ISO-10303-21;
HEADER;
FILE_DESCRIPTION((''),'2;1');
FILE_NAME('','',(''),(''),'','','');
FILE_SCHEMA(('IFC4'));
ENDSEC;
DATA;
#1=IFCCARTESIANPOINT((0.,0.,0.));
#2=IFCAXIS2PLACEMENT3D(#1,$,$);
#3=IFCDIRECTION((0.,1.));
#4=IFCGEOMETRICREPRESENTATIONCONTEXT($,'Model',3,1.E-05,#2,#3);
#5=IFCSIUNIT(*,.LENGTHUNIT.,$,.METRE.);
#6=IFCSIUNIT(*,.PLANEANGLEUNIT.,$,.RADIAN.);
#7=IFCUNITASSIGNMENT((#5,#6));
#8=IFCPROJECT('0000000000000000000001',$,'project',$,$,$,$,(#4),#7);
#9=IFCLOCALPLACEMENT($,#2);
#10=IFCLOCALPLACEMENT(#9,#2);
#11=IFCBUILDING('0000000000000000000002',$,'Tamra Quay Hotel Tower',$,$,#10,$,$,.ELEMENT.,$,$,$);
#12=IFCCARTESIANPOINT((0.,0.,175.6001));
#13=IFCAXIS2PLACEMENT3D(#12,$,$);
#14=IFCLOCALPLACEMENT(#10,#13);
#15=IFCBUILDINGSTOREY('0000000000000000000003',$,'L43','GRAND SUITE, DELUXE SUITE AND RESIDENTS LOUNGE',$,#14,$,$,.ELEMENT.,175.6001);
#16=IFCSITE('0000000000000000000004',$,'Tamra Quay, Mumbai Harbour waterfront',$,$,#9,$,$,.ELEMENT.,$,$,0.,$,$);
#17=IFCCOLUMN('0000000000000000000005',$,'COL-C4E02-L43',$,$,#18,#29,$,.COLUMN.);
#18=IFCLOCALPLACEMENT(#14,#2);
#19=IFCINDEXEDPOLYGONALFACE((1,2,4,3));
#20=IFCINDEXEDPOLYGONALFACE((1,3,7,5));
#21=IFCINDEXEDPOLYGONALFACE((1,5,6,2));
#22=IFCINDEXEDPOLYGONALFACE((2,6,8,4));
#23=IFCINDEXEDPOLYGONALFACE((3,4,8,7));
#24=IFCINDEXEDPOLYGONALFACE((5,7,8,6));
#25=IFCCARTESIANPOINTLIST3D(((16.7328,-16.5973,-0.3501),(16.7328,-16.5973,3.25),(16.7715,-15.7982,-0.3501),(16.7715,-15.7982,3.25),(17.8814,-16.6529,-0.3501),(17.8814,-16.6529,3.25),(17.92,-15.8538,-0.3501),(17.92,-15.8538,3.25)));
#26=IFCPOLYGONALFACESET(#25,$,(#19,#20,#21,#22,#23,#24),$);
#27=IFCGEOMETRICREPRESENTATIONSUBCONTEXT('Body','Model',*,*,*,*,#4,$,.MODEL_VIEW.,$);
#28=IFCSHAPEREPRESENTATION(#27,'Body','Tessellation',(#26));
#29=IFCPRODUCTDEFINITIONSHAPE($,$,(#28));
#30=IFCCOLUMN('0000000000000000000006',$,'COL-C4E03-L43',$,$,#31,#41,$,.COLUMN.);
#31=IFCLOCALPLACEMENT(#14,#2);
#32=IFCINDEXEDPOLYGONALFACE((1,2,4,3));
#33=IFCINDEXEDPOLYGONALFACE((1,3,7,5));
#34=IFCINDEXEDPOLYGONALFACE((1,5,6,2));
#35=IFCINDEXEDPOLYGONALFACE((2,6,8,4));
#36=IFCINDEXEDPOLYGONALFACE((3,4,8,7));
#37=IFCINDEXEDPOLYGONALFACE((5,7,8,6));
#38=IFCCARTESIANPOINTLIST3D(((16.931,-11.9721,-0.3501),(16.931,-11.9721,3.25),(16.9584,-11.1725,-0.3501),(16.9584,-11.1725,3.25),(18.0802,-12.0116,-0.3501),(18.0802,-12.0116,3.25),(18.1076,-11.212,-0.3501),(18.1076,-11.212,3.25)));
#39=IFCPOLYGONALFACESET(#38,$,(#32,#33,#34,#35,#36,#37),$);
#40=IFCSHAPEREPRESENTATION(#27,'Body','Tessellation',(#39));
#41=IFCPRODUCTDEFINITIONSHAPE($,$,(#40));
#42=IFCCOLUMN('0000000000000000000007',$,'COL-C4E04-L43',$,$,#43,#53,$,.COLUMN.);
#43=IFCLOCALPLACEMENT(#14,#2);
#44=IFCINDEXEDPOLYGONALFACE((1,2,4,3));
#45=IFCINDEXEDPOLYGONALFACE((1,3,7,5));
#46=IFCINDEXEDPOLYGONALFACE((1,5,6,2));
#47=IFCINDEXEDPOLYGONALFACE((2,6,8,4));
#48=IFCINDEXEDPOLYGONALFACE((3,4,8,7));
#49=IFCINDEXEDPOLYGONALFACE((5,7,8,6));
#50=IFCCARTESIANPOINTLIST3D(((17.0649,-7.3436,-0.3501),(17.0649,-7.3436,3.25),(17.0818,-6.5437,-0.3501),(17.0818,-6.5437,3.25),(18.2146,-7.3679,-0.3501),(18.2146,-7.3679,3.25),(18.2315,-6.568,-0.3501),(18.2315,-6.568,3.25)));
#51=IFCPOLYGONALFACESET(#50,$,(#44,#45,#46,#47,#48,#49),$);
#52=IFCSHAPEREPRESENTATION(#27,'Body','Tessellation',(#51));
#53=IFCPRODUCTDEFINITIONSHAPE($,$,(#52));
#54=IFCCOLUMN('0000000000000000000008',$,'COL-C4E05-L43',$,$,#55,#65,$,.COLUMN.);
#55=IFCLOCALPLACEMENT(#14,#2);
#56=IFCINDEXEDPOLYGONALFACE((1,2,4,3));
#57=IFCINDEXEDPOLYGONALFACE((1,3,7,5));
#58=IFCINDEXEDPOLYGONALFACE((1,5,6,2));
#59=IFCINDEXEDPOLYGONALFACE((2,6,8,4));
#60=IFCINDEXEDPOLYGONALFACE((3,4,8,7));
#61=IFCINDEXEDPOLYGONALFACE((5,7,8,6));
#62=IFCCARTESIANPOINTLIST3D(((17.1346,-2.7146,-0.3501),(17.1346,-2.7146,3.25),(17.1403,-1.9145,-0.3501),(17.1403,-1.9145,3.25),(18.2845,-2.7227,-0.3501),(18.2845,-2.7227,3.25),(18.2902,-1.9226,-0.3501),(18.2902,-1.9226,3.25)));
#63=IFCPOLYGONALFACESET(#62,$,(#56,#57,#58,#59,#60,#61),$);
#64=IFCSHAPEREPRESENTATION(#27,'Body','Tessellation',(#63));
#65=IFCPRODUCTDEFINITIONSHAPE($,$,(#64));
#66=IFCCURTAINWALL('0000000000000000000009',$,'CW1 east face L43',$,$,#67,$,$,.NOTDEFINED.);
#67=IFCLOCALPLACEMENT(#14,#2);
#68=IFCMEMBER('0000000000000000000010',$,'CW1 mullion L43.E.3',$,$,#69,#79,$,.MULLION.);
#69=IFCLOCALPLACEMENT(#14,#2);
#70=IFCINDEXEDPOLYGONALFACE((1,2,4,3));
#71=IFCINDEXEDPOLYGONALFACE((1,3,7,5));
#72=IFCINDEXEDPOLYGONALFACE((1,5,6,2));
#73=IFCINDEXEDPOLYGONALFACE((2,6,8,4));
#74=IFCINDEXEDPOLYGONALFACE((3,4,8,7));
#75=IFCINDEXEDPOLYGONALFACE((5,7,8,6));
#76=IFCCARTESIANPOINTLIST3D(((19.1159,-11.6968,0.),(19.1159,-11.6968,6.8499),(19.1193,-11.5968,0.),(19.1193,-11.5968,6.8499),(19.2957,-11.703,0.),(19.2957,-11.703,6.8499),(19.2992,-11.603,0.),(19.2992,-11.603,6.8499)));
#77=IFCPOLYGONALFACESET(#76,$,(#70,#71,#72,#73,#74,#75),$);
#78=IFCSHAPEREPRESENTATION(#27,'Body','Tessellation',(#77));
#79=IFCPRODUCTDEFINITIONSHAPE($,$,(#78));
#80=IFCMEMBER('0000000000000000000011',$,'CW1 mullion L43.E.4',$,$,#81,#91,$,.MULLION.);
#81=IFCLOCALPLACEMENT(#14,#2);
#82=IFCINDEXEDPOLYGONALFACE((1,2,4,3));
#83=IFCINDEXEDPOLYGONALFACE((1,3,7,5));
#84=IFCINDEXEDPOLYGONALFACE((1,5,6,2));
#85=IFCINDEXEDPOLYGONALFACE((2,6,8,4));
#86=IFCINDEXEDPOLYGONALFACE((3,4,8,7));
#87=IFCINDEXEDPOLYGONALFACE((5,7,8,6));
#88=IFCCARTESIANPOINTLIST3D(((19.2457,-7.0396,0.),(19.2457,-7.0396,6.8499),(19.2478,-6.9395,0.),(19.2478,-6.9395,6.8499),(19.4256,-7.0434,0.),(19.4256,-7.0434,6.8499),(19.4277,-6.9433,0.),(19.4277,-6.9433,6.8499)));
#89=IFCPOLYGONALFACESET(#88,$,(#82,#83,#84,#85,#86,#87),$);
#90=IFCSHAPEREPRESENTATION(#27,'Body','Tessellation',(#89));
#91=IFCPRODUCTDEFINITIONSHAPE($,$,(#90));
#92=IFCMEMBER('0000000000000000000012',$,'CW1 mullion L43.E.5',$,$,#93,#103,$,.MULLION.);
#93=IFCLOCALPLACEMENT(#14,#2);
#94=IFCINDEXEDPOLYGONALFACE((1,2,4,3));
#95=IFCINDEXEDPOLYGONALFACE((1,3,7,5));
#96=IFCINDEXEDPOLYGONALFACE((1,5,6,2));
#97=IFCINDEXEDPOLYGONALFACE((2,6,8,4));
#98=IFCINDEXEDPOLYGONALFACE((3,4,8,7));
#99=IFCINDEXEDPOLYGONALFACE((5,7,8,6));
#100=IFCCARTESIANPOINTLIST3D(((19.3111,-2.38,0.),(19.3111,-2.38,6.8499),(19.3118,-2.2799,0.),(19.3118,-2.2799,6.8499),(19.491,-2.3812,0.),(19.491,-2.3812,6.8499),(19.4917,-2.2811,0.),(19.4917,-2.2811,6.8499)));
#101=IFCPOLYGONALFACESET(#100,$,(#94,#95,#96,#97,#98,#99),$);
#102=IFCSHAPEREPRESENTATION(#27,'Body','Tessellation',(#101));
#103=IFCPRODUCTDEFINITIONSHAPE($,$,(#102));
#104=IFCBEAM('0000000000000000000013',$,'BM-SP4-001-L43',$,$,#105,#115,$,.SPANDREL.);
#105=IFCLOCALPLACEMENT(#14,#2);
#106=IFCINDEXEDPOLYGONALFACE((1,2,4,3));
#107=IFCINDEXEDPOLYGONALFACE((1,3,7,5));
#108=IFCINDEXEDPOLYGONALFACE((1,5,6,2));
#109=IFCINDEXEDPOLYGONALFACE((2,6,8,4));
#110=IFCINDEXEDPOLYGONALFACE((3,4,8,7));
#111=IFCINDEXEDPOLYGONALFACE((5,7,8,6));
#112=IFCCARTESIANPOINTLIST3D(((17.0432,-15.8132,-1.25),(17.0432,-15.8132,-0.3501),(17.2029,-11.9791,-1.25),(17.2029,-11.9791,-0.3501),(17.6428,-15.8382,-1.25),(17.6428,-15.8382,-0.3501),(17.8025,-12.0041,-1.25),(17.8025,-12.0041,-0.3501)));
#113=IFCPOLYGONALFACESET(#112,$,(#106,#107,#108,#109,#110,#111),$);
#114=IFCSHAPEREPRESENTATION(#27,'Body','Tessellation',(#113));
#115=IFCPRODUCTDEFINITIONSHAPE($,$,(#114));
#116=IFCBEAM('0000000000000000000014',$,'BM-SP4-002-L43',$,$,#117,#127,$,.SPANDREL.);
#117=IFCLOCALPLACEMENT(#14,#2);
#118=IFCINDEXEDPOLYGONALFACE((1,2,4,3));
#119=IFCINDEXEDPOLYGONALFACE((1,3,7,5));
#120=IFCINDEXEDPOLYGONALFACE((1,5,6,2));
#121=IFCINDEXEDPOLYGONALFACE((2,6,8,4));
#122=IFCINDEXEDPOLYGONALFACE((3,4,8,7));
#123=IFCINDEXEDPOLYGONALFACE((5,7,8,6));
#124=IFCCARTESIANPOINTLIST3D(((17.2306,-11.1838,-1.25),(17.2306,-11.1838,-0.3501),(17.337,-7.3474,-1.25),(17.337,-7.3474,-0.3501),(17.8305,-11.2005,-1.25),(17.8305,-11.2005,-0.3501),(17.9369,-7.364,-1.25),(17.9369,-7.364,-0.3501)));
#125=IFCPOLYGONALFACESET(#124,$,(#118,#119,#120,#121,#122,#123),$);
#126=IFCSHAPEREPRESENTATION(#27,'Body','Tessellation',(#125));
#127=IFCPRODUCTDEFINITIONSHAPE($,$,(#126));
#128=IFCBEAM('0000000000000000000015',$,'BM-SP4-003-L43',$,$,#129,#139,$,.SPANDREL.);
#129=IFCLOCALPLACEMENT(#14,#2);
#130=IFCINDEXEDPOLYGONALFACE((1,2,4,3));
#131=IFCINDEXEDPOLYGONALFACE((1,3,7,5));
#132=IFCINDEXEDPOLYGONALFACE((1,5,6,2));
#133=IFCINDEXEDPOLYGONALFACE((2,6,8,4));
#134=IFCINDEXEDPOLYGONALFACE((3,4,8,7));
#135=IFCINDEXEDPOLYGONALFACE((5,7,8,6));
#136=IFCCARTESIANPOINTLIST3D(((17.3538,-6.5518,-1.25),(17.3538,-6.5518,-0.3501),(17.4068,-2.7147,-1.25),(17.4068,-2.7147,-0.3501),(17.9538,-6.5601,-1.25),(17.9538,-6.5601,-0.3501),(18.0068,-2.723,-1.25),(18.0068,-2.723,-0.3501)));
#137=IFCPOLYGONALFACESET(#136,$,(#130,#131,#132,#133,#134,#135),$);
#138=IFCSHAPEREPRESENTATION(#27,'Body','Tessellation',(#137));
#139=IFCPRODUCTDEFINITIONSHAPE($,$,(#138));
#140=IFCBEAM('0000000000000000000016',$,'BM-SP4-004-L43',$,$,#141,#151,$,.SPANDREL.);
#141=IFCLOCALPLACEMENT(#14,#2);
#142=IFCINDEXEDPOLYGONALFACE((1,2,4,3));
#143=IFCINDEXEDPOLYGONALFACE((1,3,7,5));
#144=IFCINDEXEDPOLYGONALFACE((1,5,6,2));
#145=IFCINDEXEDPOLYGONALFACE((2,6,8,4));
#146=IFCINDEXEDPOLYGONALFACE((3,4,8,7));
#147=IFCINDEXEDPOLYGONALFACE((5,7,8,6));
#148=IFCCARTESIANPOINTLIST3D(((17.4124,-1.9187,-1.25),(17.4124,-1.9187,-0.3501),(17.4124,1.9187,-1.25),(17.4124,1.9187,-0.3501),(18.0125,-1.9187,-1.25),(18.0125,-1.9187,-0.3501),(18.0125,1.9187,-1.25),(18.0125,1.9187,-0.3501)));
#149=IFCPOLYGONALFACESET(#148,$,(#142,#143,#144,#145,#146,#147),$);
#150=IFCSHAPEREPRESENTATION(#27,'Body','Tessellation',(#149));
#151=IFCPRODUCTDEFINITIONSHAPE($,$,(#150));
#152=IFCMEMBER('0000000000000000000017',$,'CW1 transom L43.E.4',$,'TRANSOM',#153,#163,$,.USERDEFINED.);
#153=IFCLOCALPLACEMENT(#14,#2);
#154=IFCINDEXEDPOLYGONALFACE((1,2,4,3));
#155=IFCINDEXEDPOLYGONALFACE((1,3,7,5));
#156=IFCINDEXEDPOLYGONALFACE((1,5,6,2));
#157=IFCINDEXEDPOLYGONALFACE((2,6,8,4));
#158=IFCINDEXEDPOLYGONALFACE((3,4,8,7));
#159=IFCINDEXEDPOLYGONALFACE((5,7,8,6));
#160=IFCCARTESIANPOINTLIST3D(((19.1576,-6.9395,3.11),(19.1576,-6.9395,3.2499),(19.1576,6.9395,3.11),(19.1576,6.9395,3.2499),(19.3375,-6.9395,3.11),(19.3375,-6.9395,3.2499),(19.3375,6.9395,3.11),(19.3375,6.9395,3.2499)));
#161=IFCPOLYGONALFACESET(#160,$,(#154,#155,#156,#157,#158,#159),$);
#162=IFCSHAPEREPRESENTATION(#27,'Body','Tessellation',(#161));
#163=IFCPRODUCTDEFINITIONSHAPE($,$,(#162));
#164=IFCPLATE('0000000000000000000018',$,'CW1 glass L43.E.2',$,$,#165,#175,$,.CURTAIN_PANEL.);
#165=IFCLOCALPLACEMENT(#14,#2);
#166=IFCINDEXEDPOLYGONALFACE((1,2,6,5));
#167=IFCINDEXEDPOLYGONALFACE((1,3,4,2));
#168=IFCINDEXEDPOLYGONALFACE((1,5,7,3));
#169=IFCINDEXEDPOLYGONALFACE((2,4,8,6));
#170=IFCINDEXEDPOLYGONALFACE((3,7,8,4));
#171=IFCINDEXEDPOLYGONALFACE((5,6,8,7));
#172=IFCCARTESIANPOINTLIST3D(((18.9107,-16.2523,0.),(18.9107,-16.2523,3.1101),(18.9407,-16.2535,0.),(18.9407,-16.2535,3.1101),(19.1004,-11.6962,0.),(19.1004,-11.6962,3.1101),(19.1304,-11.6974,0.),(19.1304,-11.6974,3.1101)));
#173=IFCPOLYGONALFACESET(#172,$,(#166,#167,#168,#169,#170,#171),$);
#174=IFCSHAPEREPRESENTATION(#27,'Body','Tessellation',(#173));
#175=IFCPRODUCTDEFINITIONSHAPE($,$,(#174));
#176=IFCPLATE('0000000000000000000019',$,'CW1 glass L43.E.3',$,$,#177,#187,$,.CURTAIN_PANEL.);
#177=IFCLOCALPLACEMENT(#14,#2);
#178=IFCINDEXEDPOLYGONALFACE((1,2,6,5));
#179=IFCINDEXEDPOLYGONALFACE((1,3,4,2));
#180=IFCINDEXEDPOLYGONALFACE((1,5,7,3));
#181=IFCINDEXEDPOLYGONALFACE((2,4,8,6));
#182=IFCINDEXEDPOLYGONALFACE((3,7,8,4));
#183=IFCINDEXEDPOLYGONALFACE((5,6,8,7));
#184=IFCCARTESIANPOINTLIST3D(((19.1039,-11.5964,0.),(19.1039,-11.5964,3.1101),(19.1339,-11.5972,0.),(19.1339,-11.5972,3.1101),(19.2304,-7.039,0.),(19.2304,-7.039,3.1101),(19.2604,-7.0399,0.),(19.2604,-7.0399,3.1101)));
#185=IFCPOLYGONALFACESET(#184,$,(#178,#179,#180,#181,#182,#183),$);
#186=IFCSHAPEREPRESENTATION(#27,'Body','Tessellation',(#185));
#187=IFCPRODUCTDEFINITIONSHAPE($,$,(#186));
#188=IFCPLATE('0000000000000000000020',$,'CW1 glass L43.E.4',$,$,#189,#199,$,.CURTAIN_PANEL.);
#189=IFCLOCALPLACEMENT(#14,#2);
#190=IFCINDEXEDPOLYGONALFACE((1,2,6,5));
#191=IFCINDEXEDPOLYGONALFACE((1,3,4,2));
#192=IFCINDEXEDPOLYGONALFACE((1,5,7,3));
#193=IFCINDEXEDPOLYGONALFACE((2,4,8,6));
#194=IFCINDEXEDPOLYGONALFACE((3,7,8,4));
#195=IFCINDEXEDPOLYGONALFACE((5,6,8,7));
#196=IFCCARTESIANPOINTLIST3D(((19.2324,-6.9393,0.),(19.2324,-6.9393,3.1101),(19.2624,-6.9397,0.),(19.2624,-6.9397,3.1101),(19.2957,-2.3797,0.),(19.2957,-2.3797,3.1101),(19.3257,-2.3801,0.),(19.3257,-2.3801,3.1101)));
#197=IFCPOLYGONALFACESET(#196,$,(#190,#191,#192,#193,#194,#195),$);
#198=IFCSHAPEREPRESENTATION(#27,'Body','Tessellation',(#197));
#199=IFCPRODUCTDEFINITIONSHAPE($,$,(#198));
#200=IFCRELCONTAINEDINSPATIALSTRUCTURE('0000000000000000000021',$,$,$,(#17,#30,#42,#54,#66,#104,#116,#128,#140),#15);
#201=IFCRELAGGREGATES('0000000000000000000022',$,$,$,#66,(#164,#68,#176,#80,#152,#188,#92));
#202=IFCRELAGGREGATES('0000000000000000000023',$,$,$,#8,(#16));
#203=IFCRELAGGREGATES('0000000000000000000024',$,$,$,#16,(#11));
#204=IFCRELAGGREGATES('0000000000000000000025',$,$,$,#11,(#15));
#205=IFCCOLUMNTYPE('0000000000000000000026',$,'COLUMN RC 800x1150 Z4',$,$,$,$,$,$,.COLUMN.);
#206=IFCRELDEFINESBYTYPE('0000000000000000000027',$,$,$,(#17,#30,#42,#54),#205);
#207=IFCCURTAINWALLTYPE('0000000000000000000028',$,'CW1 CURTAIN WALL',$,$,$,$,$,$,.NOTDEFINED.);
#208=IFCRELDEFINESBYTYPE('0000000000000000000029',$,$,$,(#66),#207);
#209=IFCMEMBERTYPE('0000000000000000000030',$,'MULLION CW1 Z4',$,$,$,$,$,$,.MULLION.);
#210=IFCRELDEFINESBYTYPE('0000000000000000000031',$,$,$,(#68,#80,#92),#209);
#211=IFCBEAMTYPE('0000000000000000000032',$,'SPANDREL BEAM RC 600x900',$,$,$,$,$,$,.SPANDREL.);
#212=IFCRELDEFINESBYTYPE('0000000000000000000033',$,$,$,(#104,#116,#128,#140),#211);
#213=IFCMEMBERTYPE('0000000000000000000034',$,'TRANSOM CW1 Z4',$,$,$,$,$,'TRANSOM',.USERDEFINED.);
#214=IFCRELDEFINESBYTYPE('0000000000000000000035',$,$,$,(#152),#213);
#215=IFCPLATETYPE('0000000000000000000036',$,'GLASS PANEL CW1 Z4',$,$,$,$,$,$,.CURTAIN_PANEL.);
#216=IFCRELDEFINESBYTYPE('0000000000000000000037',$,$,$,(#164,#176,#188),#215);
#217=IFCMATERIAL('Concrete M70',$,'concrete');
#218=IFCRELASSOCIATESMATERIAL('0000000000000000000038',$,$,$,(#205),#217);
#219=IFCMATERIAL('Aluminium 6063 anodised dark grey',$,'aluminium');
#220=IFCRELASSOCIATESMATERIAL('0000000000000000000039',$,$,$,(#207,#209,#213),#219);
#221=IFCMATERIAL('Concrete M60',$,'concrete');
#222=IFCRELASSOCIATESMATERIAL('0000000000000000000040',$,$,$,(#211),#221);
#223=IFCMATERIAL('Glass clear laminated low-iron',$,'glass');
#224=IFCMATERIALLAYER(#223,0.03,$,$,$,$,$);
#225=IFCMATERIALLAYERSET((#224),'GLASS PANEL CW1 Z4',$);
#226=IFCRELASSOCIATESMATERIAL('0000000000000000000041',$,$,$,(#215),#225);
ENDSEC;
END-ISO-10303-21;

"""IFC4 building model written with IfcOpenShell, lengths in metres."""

from ifc_helpers import new_model, si_unit, direction, frame, origin, origin_2d, place, context, subcontext, project, spatial, rectangle, extrude, material, layer, layer_set, material_profile, profile_set, type_object, element, aggregate, save


model = new_model("IFC4")

# Units and contexts
model_context = context("Model", 3, precision=1e-05, world=origin(), true_north=direction((0.0, 1.0)))
body_context = subcontext(model_context, "Body", "Model", "MODEL_VIEW")
ifc_project = project(units=[si_unit("LENGTHUNIT", "METRE"), si_unit("PLANEANGLEUNIT", "RADIAN")], contexts=[model_context])

# Site, building, storey
site_placement = place(None, origin())
site = spatial("IfcSite", under=ifc_project, at=site_placement, Name="Tamra Quay, Mumbai Harbour waterfront", CompositionType="ELEMENT", RefElevation=0.0)
building_placement = place(site_placement, origin())
building = spatial("IfcBuilding", under=site, at=building_placement, Name="Tamra Quay Hotel Tower", CompositionType="ELEMENT")
storey_placement = place(building_placement, frame((0.0, 0.0, 175.6001)))
storey = spatial("IfcBuildingStorey", under=building, at=storey_placement, Name="L43", Description="GRAND SUITE, DELUXE SUITE AND RESIDENTS LOUNGE", CompositionType="ELEMENT", Elevation=175.6001)

# Columns
ifc_material_1 = material(Name="Concrete M70", Category="concrete")
ifc_material_profile_1 = material_profile(ifc_material_1, rectangle(XDim=1.1499, YDim=0.8, at=origin_2d()), Name="COLUMN RC 800x1150 Z4")
ifc_profile_set_1 = profile_set([ifc_material_profile_1], Name="Concrete M70")
column_type = type_object("IfcColumnType", Name="COLUMN RC 800x1150 Z4", PredefinedType="COLUMN", material=ifc_profile_set_1)
for number, where, z_axis, x_axis, name in (
    (1, (17.3264, -16.2256, -0.3501), (0.0, 0.0, 1.0), (-0.998831, 0.048344, 0.0), "COL-C4E02-L43"),
    (2, (17.5193, -11.592, -0.3501), (0.0, 0.0, 1.0), (-0.999412, 0.034299, 0.0), "COL-C4E03-L43"),
    (3, (17.6482, -6.9558, -0.3501), (0.0, 0.0, 1.0), (-0.999777, 0.021115, 0.0), "COL-C4E04-L43"),
    (4, (17.7124, -2.3186, -0.3501), (0.0, 0.0, 1.0), (-0.999975, 0.007041, 0.0), "COL-C4E05-L43"),
):
    element("IfcColumn", number, at=place(storey_placement, frame(where, z_axis=z_axis, x_axis=x_axis)), inside=storey, type_object=column_type, Name=name, PredefinedType="COLUMN", context=body_context, shape_type="SweptSolid", body=[
        extrude(rectangle(XDim=1.1499, YDim=0.8, at=origin_2d()), origin(), (0.0, 0.0, 1.0), 3.6001),
    ])

# Curtain wall, members
ifc_material_2 = material(Name="Aluminium 6063 anodised dark grey", Category="aluminium")
curtain_wall_type = type_object("IfcCurtainWallType", Name="CW1 CURTAIN WALL", PredefinedType="NOTDEFINED", material=ifc_material_2)
curtain_wall_placement = place(storey_placement, origin())
curtain_wall = element("IfcCurtainWall", 5, at=curtain_wall_placement, inside=storey, type_object=curtain_wall_type, Name="CW1 east face L43", PredefinedType="NOTDEFINED")
ifc_material_profile_2 = material_profile(ifc_material_2, rectangle(XDim=0.1799, YDim=0.1001, at=origin_2d()), Name="MULLION 100X180")
ifc_profile_set_2 = profile_set([ifc_material_profile_2], Name="Aluminium 6063 anodised dark grey")
member_type_1 = type_object("IfcMemberType", Name="MULLION CW1 Z4", PredefinedType="MULLION", material=ifc_profile_set_2)
member_1_placement = place(storey_placement, frame((19.2075, -11.6499, 0.0), z_axis=(0.0, 0.0, 1.0), x_axis=(0.999399, -0.034678, 0.0)))
member_1 = element("IfcMember", 6, at=member_1_placement, type_object=member_type_1, Name="CW1 mullion L43.E.3", PredefinedType="MULLION", context=body_context, shape_type="SweptSolid", body=[
    extrude(rectangle(XDim=0.1799, YDim=0.1001, at=origin_2d()), origin(), (0.0, 0.0, 1.0), 6.8499),
])
member_2_placement = place(storey_placement, frame((19.3367, -6.9915, 0.0), z_axis=(0.0, 0.0, 1.0), x_axis=(0.999783, -0.02082, 0.0)))
member_2 = element("IfcMember", 7, at=member_2_placement, type_object=member_type_1, Name="CW1 mullion L43.E.4", PredefinedType="MULLION", context=body_context, shape_type="SweptSolid", body=[
    extrude(rectangle(XDim=0.1799, YDim=0.1001, at=origin_2d()), origin(), (0.0, 0.0, 1.0), 6.8499),
])
member_3_placement = place(storey_placement, frame((19.4014, -2.3306, 0.0), z_axis=(0.0, 0.0, 1.0), x_axis=(0.999976, -0.006943, 0.0)))
member_3 = element("IfcMember", 8, at=member_3_placement, type_object=member_type_1, Name="CW1 mullion L43.E.5", PredefinedType="MULLION", context=body_context, shape_type="SweptSolid", body=[
    extrude(rectangle(XDim=0.1799, YDim=0.1001, at=origin_2d()), origin(), (0.0, 0.0, 1.0), 6.8499),
])

# Beams
ifc_material_3 = material(Name="Concrete M60", Category="concrete")
ifc_material_profile_3 = material_profile(ifc_material_3, rectangle(XDim=0.6001, YDim=0.8999, at=origin_2d()), Name="SPANDREL BEAM RC 600x900")
ifc_profile_set_3 = profile_set([ifc_material_profile_3], Name="Concrete M60")
beam_type = type_object("IfcBeamType", Name="SPANDREL BEAM RC 600x900", PredefinedType="SPANDREL", material=ifc_profile_set_3)
beam_1_placement = place(storey_placement, frame((17.343, -15.8257, -0.8), z_axis=(0.041609, 0.999134, 0.0), x_axis=(-0.999134, 0.041609, 0.0)))
element("IfcBeam", 9, at=beam_1_placement, inside=storey, type_object=beam_type, Name="BM-SP4-001-L43", PredefinedType="SPANDREL", context=body_context, shape_type="SweptSolid", body=[
    extrude(rectangle(XDim=0.6001, YDim=0.8999, at=origin_2d()), origin(), (0.0, 0.0, 1.0), 3.8374),
])
beam_2_placement = place(storey_placement, frame((17.5305, -11.1921, -0.8), z_axis=(0.027735, 0.999615, 0.0), x_axis=(-0.999615, 0.027735, 0.0)))
element("IfcBeam", 10, at=beam_2_placement, inside=storey, type_object=beam_type, Name="BM-SP4-002-L43", PredefinedType="SPANDREL", context=body_context, shape_type="SweptSolid", body=[
    extrude(rectangle(XDim=0.6001, YDim=0.8999, at=origin_2d()), origin(), (0.0, 0.0, 1.0), 3.8379),
])
for number, where, z_axis, x_axis, name in (
    (11, (17.6538, -6.5559, -0.8), (0.013805, 0.999905, 0.0), (-0.999905, 0.013805, 0.0), "BM-SP4-003-L43"),
    (12, (17.7124, -1.9187, -0.8), (0.0, 1.0, 0.0), (-1.0, 0.0, 0.0), "BM-SP4-004-L43"),
):
    element("IfcBeam", number, at=place(storey_placement, frame(where, z_axis=z_axis, x_axis=x_axis)), inside=storey, type_object=beam_type, Name=name, PredefinedType="SPANDREL", context=body_context, shape_type="SweptSolid", body=[
        extrude(rectangle(XDim=0.6001, YDim=0.8999, at=origin_2d()), origin(), (0.0, 0.0, 1.0), 3.8374),
    ])

# Member
ifc_material_profile_4 = material_profile(ifc_material_2, rectangle(XDim=0.1799, YDim=0.1399, at=origin_2d()), Name="TRANSOM 180X140")
ifc_profile_set_4 = profile_set([ifc_material_profile_4], Name="Aluminium 6063 anodised dark grey")
member_type_2 = type_object("IfcMemberType", Name="TRANSOM CW1 Z4", ElementType="TRANSOM", PredefinedType="USERDEFINED", material=ifc_profile_set_4)
member_4_placement = place(storey_placement, frame((19.2476, -6.9395, 3.1799), z_axis=(0.0, 1.0, 0.0), x_axis=(-1.0, 0.0, 0.0)))
member_4 = element("IfcMember", 13, at=member_4_placement, type_object=member_type_2, Name="CW1 transom L43.E.4", ObjectType="TRANSOM", PredefinedType="USERDEFINED", context=body_context, shape_type="SweptSolid", body=[
    extrude(rectangle(XDim=0.1799, YDim=0.1399, at=origin_2d()), origin(), (0.0, 0.0, 1.0), 13.8789),
])

# Plates
ifc_material_4 = material(Name="Glass clear laminated low-iron", Category="glass")
ifc_layer_1 = layer(ifc_material_4, 0.03)
ifc_layer_set_1 = layer_set([ifc_layer_1], Name="GLASS PANEL CW1 Z4")
plate_type = type_object("IfcPlateType", Name="GLASS PANEL CW1 Z4", PredefinedType="CURTAIN_PANEL", material=ifc_layer_set_1)
plate_1_placement = place(storey_placement, frame((19.0205, -13.9749, 0.0), z_axis=(0.0, 0.0, 1.0), x_axis=(0.0416, 0.999134, 0.0)))
plate_1 = element("IfcPlate", 14, at=plate_1_placement, type_object=plate_type, Name="CW1 glass L43.E.2", PredefinedType="CURTAIN_PANEL", context=body_context, shape_type="SweptSolid", body=[
    extrude(rectangle(XDim=4.5601, YDim=0.03, at=origin_2d()), origin(), (0.0, 0.0, 1.0), 3.1101),
])
plate_2_placement = place(storey_placement, frame((19.1821, -9.3181, 0.0), z_axis=(0.0, 0.0, 1.0), x_axis=(0.027754, 0.999615, 0.0)))
plate_2 = element("IfcPlate", 15, at=plate_2_placement, type_object=plate_type, Name="CW1 glass L43.E.3", PredefinedType="CURTAIN_PANEL", context=body_context, shape_type="SweptSolid", body=[
    extrude(rectangle(XDim=4.5591, YDim=0.03, at=origin_2d()), origin(), (0.0, 0.0, 1.0), 3.1101),
])
plate_3_placement = place(storey_placement, frame((19.2791, -4.6597, 0.0), z_axis=(0.0, 0.0, 1.0), x_axis=(0.013886, 0.999904, 0.0)))
plate_3 = element("IfcPlate", 16, at=plate_3_placement, type_object=plate_type, Name="CW1 glass L43.E.4", PredefinedType="CURTAIN_PANEL", context=body_context, shape_type="SweptSolid", body=[
    extrude(rectangle(XDim=4.5601, YDim=0.03, at=origin_2d()), origin(), (0.0, 0.0, 1.0), 3.1101),
])
aggregate(curtain_wall, [plate_1, member_1, plate_2, member_2, member_4, plate_3, member_3])

save(model, "model.ifc")
